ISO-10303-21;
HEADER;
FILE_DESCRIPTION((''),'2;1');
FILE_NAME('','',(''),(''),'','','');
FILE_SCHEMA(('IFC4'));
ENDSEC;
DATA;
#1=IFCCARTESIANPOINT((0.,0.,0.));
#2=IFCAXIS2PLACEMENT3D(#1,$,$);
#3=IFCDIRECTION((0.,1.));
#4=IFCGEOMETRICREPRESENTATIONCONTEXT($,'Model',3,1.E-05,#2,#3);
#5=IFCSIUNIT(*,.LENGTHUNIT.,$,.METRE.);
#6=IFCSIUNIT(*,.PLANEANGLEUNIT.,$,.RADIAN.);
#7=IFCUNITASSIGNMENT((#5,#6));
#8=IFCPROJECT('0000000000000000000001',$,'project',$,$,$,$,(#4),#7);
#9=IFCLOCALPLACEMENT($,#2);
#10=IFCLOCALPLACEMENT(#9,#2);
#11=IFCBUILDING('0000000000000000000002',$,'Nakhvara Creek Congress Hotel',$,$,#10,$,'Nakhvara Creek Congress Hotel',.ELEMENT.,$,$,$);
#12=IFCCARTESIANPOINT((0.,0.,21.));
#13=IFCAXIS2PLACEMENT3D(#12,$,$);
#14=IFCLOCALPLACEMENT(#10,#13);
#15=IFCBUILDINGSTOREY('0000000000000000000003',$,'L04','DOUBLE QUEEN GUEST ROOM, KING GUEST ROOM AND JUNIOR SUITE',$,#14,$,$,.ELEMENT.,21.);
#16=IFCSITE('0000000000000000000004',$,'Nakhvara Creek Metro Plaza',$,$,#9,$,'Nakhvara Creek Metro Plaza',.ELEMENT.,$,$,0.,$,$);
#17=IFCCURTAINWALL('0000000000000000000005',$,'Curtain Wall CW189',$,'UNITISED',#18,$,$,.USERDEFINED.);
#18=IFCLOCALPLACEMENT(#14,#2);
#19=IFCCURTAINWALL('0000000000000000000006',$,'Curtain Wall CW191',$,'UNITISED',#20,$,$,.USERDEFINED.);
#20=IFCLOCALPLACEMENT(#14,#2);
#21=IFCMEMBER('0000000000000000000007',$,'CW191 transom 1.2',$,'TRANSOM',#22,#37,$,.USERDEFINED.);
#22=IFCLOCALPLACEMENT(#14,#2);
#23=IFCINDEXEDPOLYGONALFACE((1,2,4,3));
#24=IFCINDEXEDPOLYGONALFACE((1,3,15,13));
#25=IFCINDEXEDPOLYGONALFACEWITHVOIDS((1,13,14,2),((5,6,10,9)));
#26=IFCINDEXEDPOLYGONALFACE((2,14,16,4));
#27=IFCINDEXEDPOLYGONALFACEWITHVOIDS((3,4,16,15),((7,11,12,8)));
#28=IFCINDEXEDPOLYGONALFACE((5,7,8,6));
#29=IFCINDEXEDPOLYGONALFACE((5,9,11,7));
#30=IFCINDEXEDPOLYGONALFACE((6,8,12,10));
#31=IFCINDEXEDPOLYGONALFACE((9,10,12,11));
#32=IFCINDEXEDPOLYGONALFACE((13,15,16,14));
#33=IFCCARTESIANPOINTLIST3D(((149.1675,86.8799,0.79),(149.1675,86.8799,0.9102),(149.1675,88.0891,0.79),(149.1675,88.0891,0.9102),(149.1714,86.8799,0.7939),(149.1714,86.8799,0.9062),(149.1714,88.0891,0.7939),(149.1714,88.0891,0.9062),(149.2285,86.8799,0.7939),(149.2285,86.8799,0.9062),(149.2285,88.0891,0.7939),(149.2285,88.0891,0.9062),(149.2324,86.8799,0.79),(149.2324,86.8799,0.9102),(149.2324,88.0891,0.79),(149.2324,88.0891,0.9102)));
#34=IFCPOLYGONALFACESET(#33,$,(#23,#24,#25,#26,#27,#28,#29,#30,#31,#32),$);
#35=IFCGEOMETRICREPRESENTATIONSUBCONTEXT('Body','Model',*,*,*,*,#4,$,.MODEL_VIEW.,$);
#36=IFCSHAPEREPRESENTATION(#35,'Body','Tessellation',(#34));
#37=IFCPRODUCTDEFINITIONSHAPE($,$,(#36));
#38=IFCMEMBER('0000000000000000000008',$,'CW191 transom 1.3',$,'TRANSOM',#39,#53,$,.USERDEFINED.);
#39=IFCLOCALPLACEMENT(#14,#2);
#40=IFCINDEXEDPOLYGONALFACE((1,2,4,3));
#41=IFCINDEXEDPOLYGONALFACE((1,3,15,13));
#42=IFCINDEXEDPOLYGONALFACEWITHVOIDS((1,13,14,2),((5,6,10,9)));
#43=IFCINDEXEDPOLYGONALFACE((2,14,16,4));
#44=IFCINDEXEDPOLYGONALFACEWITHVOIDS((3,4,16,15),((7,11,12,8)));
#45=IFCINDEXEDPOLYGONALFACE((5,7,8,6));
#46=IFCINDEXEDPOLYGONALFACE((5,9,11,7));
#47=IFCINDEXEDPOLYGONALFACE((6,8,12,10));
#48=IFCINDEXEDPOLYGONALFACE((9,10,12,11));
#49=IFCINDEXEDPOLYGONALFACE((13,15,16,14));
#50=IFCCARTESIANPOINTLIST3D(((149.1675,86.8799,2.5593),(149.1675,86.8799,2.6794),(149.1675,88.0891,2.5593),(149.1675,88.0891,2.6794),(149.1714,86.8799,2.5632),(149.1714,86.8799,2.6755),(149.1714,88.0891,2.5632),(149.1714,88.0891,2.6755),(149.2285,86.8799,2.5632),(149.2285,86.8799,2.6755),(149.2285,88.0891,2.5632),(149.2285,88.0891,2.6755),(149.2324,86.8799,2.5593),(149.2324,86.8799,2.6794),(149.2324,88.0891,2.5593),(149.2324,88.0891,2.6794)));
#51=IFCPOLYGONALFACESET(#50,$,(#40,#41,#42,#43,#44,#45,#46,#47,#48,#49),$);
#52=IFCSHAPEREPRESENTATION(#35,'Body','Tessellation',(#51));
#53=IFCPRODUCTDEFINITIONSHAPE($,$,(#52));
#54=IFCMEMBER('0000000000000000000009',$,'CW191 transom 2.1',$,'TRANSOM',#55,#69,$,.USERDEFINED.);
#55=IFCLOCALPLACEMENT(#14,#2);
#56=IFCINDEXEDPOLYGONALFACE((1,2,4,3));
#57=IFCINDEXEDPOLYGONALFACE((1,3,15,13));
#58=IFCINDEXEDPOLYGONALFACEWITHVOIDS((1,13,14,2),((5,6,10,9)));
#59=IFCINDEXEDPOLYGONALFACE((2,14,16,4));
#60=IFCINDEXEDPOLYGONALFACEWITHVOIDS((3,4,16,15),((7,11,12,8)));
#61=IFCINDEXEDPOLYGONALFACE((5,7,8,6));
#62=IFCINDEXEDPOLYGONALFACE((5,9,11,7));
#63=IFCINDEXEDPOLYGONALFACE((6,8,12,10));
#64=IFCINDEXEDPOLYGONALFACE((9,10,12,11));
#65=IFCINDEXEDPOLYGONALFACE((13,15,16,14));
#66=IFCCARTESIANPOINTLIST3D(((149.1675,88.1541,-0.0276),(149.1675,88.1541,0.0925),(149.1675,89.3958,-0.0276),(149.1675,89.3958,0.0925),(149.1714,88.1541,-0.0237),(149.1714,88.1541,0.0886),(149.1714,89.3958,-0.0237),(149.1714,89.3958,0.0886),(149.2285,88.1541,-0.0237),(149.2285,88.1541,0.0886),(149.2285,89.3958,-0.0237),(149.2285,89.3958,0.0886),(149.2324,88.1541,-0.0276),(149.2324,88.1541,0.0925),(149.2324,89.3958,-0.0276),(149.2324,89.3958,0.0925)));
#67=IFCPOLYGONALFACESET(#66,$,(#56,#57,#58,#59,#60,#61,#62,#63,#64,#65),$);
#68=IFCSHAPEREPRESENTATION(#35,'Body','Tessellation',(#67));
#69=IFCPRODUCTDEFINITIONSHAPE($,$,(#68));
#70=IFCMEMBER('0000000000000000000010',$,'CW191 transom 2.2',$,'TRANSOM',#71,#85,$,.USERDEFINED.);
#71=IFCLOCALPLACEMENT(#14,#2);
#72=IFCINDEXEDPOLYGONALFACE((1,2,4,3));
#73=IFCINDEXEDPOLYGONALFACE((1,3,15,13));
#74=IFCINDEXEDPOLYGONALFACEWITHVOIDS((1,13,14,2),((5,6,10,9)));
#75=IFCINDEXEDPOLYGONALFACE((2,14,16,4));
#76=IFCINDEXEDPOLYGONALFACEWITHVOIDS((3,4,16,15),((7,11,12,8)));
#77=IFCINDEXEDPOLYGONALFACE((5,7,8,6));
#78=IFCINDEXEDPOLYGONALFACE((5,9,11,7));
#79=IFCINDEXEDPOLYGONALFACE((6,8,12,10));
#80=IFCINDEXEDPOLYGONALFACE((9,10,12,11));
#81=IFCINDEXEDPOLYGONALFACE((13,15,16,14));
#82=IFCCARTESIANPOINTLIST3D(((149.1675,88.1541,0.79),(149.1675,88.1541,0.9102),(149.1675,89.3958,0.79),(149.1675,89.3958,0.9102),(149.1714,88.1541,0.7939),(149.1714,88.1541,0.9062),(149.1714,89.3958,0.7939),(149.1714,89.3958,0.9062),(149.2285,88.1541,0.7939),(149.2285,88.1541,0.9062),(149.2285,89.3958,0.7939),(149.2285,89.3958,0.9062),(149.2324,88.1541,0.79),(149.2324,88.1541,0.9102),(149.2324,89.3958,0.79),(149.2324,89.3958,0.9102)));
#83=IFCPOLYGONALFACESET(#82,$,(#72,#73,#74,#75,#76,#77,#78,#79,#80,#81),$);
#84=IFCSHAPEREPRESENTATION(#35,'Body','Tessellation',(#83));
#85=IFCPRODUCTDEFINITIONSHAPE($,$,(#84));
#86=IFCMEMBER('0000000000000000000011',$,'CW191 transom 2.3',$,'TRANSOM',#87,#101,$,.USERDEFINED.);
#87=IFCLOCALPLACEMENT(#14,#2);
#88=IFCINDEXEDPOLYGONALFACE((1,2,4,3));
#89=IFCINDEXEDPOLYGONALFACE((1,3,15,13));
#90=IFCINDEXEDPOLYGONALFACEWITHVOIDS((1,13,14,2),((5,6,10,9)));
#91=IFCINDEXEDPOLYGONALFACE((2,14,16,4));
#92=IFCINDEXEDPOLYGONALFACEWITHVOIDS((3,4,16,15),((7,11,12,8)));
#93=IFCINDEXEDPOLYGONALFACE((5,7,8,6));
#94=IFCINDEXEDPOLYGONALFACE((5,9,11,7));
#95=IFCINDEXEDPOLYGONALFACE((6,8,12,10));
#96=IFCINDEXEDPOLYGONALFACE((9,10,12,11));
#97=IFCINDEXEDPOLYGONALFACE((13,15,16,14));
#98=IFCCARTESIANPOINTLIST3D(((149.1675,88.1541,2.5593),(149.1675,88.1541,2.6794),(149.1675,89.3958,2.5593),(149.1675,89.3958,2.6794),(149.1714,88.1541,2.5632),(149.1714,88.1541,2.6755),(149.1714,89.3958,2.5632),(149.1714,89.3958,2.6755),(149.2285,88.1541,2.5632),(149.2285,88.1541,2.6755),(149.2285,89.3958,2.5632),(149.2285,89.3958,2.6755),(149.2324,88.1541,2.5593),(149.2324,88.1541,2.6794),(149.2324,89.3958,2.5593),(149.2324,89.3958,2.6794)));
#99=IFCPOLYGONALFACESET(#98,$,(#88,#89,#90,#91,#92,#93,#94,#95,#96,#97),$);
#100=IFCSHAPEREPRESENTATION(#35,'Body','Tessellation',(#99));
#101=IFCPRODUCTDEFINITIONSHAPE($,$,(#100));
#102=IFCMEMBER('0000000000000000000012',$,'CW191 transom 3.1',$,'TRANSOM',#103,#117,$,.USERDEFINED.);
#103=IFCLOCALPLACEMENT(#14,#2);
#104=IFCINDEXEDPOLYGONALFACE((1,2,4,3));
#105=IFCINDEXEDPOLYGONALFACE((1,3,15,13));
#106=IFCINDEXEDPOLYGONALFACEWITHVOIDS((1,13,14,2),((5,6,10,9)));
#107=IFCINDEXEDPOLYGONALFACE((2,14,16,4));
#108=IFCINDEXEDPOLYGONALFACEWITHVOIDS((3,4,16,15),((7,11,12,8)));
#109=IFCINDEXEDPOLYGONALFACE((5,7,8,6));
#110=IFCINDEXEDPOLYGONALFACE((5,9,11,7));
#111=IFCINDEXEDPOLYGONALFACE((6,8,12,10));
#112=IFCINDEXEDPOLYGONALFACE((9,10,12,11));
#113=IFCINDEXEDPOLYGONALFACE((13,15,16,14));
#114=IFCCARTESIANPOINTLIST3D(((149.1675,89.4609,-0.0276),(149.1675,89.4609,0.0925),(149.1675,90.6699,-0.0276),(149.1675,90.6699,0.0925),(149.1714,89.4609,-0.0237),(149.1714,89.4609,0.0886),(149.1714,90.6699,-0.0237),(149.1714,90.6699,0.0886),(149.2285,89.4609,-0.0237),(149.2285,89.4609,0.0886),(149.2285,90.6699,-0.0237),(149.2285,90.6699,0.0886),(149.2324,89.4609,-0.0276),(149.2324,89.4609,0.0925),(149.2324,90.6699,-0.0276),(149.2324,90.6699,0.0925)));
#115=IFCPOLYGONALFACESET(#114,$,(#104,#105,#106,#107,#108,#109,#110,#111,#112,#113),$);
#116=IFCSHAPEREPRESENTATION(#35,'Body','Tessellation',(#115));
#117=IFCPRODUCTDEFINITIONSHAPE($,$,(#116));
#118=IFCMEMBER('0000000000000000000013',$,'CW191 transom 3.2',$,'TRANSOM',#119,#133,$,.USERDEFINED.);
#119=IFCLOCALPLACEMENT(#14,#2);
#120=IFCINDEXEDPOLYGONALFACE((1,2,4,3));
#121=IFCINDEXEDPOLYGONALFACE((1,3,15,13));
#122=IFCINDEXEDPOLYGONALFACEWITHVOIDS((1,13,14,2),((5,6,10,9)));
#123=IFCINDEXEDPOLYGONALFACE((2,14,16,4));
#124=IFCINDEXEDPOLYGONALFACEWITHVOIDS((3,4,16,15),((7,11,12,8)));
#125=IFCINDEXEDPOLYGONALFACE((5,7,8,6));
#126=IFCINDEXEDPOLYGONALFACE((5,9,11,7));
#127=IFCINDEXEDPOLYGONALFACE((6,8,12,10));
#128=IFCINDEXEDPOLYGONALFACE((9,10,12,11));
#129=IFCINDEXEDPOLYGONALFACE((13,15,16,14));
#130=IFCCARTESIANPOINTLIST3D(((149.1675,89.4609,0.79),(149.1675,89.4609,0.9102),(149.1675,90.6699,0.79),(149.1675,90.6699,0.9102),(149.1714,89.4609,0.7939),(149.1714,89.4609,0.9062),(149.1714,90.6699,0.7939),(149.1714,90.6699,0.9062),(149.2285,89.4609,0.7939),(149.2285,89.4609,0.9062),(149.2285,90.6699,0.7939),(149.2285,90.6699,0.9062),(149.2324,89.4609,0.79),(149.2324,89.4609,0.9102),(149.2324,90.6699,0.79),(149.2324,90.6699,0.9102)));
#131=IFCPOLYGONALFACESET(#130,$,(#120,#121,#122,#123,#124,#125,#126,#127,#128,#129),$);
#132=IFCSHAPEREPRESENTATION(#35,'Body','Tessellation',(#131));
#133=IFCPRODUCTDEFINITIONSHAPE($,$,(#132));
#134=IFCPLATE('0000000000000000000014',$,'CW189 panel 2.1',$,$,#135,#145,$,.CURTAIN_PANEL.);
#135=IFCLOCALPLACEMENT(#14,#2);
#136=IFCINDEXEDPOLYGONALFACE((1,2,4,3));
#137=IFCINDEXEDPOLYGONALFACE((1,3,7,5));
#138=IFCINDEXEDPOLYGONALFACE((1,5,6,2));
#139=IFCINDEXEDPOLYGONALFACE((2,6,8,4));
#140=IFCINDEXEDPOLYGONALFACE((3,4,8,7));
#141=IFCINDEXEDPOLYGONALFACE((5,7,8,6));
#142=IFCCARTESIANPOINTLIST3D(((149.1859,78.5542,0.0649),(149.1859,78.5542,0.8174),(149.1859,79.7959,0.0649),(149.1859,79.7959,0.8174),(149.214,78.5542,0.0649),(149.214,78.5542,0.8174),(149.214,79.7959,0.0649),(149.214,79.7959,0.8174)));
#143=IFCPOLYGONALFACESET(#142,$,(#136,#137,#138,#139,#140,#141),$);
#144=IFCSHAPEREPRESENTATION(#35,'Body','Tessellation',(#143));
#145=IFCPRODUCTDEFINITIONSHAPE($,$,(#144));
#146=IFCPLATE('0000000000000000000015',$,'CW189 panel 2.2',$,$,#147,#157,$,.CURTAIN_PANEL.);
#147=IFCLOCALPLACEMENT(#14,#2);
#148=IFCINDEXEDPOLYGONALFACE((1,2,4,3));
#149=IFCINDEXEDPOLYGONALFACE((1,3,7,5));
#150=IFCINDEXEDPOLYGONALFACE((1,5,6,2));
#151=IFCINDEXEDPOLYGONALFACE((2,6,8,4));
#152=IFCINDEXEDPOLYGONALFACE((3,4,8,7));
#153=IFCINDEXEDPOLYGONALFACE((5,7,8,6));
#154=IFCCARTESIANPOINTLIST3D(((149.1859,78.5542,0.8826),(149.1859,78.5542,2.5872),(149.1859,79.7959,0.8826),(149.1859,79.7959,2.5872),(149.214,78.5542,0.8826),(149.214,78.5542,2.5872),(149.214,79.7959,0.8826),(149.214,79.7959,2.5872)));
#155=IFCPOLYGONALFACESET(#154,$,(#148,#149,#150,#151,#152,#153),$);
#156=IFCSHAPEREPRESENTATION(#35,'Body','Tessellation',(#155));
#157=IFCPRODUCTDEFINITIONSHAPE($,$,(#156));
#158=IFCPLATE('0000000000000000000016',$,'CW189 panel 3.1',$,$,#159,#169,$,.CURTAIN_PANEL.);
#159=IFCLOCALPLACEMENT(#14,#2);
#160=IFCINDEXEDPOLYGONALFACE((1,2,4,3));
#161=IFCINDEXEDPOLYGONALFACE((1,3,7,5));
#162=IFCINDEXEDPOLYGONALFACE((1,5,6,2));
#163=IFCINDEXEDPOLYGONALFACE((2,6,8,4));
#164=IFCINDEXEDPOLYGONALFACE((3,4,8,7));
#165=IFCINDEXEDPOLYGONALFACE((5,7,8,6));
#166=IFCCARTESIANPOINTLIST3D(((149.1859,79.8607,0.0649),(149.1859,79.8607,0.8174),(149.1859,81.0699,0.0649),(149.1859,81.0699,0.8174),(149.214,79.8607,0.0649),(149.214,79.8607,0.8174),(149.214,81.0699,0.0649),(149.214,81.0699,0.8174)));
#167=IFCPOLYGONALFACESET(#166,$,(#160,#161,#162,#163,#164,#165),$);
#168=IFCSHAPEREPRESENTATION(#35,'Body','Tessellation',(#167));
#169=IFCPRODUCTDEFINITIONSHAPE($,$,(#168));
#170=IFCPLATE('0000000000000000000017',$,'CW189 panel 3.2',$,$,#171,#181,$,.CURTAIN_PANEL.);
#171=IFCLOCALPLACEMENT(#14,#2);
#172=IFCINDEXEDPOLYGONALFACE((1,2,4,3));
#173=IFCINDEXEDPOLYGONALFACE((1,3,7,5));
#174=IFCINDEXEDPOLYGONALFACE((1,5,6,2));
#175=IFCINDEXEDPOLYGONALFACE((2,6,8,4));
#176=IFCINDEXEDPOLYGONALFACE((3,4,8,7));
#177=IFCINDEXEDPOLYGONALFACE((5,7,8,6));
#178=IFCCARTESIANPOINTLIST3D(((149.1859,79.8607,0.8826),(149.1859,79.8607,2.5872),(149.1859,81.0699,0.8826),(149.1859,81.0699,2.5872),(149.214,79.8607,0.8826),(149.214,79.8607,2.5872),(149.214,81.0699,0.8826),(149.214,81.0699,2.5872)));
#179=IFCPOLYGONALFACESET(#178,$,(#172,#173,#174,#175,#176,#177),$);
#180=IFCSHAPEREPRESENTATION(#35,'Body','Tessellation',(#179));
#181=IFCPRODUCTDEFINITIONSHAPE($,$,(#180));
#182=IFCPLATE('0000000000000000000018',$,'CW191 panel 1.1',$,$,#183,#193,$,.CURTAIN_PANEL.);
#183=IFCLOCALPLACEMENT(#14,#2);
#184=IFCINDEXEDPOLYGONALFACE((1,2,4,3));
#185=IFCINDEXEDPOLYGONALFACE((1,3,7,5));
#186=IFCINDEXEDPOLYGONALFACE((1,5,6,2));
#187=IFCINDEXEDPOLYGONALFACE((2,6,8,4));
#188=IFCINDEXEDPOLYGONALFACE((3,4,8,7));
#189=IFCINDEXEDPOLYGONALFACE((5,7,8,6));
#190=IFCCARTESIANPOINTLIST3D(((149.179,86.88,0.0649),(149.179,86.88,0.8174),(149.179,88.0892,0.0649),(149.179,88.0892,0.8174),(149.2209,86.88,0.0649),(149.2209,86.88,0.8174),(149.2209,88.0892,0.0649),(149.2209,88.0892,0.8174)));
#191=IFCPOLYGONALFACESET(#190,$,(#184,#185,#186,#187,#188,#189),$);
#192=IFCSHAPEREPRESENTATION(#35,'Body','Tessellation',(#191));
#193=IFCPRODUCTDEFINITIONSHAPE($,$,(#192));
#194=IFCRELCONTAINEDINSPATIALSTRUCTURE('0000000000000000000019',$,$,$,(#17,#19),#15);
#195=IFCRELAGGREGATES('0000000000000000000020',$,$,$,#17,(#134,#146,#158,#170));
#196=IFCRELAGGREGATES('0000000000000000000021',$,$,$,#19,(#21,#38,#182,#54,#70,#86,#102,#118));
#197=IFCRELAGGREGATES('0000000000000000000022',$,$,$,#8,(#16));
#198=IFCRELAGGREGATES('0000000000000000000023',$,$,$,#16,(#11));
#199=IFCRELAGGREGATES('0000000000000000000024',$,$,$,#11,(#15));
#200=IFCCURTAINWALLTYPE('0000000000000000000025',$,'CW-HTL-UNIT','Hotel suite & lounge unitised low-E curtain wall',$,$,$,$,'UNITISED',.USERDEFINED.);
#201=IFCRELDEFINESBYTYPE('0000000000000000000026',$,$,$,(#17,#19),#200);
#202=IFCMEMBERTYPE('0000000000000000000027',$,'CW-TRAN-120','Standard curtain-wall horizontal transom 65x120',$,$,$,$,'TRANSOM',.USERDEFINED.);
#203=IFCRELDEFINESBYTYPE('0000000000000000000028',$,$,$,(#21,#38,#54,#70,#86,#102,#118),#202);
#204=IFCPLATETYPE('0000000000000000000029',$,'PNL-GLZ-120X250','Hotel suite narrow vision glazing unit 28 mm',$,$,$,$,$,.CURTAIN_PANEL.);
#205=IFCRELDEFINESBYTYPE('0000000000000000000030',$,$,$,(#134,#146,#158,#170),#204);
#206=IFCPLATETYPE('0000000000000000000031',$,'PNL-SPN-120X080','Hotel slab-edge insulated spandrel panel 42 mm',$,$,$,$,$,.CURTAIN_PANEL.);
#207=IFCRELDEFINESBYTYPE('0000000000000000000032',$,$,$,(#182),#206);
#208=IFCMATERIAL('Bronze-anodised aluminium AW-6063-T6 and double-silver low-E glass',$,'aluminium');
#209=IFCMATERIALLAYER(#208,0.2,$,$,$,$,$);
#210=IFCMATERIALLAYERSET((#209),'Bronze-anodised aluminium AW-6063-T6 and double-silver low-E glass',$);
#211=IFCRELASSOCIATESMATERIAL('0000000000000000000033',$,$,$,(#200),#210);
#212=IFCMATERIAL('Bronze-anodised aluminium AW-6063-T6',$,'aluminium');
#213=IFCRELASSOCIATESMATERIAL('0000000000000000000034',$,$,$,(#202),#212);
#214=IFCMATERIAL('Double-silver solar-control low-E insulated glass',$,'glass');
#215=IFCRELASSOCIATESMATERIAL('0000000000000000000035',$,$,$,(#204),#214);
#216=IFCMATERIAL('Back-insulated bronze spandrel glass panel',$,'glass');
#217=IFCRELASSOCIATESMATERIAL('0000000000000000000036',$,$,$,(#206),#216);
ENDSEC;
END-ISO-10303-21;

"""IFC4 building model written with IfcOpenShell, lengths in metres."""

from ifc_helpers import new_model, si_unit, direction, frame, origin, origin_2d, place, context, subcontext, project, spatial, rectangle, hollow_rectangle, extrude, material, layer, layer_set, material_profile, profile_set, type_object, element, aggregate, save


model = new_model("IFC4")

# Units and contexts
model_context = context("Model", 3, precision=1e-05, world=origin(), true_north=direction((0.0, 1.0)))
body_context = subcontext(model_context, "Body", "Model", "MODEL_VIEW")
ifc_project = project(units=[si_unit("LENGTHUNIT", "METRE"), si_unit("PLANEANGLEUNIT", "RADIAN")], contexts=[model_context])

# Site, building, storey
site_placement = place(None, origin())
site = spatial("IfcSite", under=ifc_project, at=site_placement, Name="Nakhvara Creek Metro Plaza", LongName="Nakhvara Creek Metro Plaza", CompositionType="ELEMENT", RefElevation=0.0)
building_placement = place(site_placement, origin())
building = spatial("IfcBuilding", under=site, at=building_placement, Name="Nakhvara Creek Congress Hotel", LongName="Nakhvara Creek Congress Hotel", CompositionType="ELEMENT")
storey_placement = place(building_placement, frame((0.0, 0.0, 21.0)))
storey = spatial("IfcBuildingStorey", under=building, at=storey_placement, Name="L04", Description="DOUBLE QUEEN GUEST ROOM, KING GUEST ROOM AND JUNIOR SUITE", CompositionType="ELEMENT", Elevation=21.0)

# Curtain walls
ifc_material_1 = material(Name="Bronze-anodised aluminium AW-6063-T6 and double-silver low-E glass", Category="aluminium")
ifc_layer = layer(ifc_material_1, 0.2)
ifc_layer_set = layer_set([ifc_layer], Name="Bronze-anodised aluminium AW-6063-T6 and double-silver low-E glass")
curtain_wall_type = type_object("IfcCurtainWallType", Name="CW-HTL-UNIT", Description="Hotel suite & lounge unitised low-E curtain wall", ElementType="UNITISED", PredefinedType="USERDEFINED", material=ifc_layer_set)
curtain_wall_1_placement = place(storey_placement, origin())
curtain_wall_1 = element("IfcCurtainWall", 1, at=curtain_wall_1_placement, inside=storey, type_object=curtain_wall_type, Name="Curtain Wall CW189", ObjectType="UNITISED", PredefinedType="USERDEFINED")
ifc_material_2 = material(Name="Bronze-anodised aluminium AW-6063-T6", Category="aluminium")
curtain_wall_2_placement = place(storey_placement, origin())
curtain_wall_2 = element("IfcCurtainWall", 2, at=curtain_wall_2_placement, inside=storey, type_object=curtain_wall_type, Name="Curtain Wall CW191", ObjectType="UNITISED", PredefinedType="USERDEFINED")

# Members
ifc_material_profile_1 = material_profile(ifc_material_2, hollow_rectangle(XDim=0.0649, YDim=0.1201, WallThickness=0.0039, at=origin_2d()), Name="ALU-TRAN 65x120x4", Category="LoadBearing")
ifc_profile_set_1 = profile_set([ifc_material_profile_1], Name="Bronze-anodised aluminium AW-6063-T6")
member_type_1 = type_object("IfcMemberType", Name="CW-TRAN-120", Description="Standard curtain-wall horizontal transom 65x120", ElementType="TRANSOM", PredefinedType="USERDEFINED", material=ifc_profile_set_1)
member_1_placement = place(storey_placement, frame((149.2, 86.8799, 0.8501), z_axis=(0.0, 1.0, 0.0), x_axis=(-1.0, 0.0, 0.0)))
member_1 = element("IfcMember", 3, at=member_1_placement, type_object=member_type_1, Name="CW191 transom 1.2", ObjectType="TRANSOM", PredefinedType="USERDEFINED", context=body_context, shape_type="SweptSolid", body=[
    extrude(hollow_rectangle(XDim=0.0649, YDim=0.1201, WallThickness=0.0039, at=origin_2d()), origin(), (0.0, 0.0, 1.0), 1.2092),
])
member_2_placement = place(storey_placement, frame((149.2, 86.8799, 2.6194), z_axis=(0.0, 1.0, 0.0), x_axis=(-1.0, 0.0, 0.0)))
member_2 = element("IfcMember", 4, at=member_2_placement, type_object=member_type_1, Name="CW191 transom 1.3", ObjectType="TRANSOM", PredefinedType="USERDEFINED", context=body_context, shape_type="SweptSolid", body=[
    extrude(hollow_rectangle(XDim=0.0649, YDim=0.1201, WallThickness=0.0039, at=origin_2d()), origin(), (0.0, 0.0, 1.0), 1.2092),
])
member_3_placement = place(storey_placement, frame((149.2, 88.1541, 0.0325), z_axis=(0.0, 1.0, 0.0), x_axis=(-1.0, 0.0, 0.0)))
member_3 = element("IfcMember", 5, at=member_3_placement, type_object=member_type_1, Name="CW191 transom 2.1", ObjectType="TRANSOM", PredefinedType="USERDEFINED", context=body_context, shape_type="SweptSolid", body=[
    extrude(hollow_rectangle(XDim=0.0649, YDim=0.1201, WallThickness=0.0039, at=origin_2d()), origin(), (0.0, 0.0, 1.0), 1.2417),
])
member_4_placement = place(storey_placement, frame((149.2, 88.1541, 0.8501), z_axis=(0.0, 1.0, 0.0), x_axis=(-1.0, 0.0, 0.0)))
member_4 = element("IfcMember", 6, at=member_4_placement, type_object=member_type_1, Name="CW191 transom 2.2", ObjectType="TRANSOM", PredefinedType="USERDEFINED", context=body_context, shape_type="SweptSolid", body=[
    extrude(hollow_rectangle(XDim=0.0649, YDim=0.1201, WallThickness=0.0039, at=origin_2d()), origin(), (0.0, 0.0, 1.0), 1.2417),
])
member_5_placement = place(storey_placement, frame((149.2, 88.1541, 2.6194), z_axis=(0.0, 1.0, 0.0), x_axis=(-1.0, 0.0, 0.0)))
member_5 = element("IfcMember", 7, at=member_5_placement, type_object=member_type_1, Name="CW191 transom 2.3", ObjectType="TRANSOM", PredefinedType="USERDEFINED", context=body_context, shape_type="SweptSolid", body=[
    extrude(hollow_rectangle(XDim=0.0649, YDim=0.1201, WallThickness=0.0039, at=origin_2d()), origin(), (0.0, 0.0, 1.0), 1.2417),
])
member_6_placement = place(storey_placement, frame((149.2, 89.4609, 0.0325), z_axis=(0.0, 1.0, 0.0), x_axis=(-1.0, 0.0, 0.0)))
member_6 = element("IfcMember", 8, at=member_6_placement, type_object=member_type_1, Name="CW191 transom 3.1", ObjectType="TRANSOM", PredefinedType="USERDEFINED", context=body_context, shape_type="SweptSolid", body=[
    extrude(hollow_rectangle(XDim=0.0649, YDim=0.1201, WallThickness=0.0039, at=origin_2d()), origin(), (0.0, 0.0, 1.0), 1.209),
])
member_7_placement = place(storey_placement, frame((149.2, 89.4609, 0.8501), z_axis=(0.0, 1.0, 0.0), x_axis=(-1.0, 0.0, 0.0)))
member_7 = element("IfcMember", 9, at=member_7_placement, type_object=member_type_1, Name="CW191 transom 3.2", ObjectType="TRANSOM", PredefinedType="USERDEFINED", context=body_context, shape_type="SweptSolid", body=[
    extrude(hollow_rectangle(XDim=0.0649, YDim=0.1201, WallThickness=0.0039, at=origin_2d()), origin(), (0.0, 0.0, 1.0), 1.209),
])

# Plates
ifc_material_3 = material(Name="Double-silver solar-control low-E insulated glass", Category="glass")
plate_type_1 = type_object("IfcPlateType", Name="PNL-GLZ-120X250", Description="Hotel suite narrow vision glazing unit 28 mm", PredefinedType="CURTAIN_PANEL", material=ifc_material_3)
plate_1_placement = place(storey_placement, frame((149.2, 79.175, 0.0649), z_axis=(0.0, 0.0, 1.0), x_axis=(0.0, 1.0, 0.0)))
plate_1 = element("IfcPlate", 10, at=plate_1_placement, type_object=plate_type_1, Name="CW189 panel 2.1", PredefinedType="CURTAIN_PANEL", context=body_context, shape_type="SweptSolid", body=[
    extrude(rectangle(XDim=1.2417, YDim=0.0281, at=origin_2d()), origin(), (0.0, 0.0, 1.0), 0.7524),
])
plate_2_placement = place(storey_placement, frame((149.2, 79.175, 0.8826), z_axis=(0.0, 0.0, 1.0), x_axis=(0.0, 1.0, 0.0)))
plate_2 = element("IfcPlate", 11, at=plate_2_placement, type_object=plate_type_1, Name="CW189 panel 2.2", PredefinedType="CURTAIN_PANEL", context=body_context, shape_type="SweptSolid", body=[
    extrude(rectangle(XDim=1.2417, YDim=0.0281, at=origin_2d()), origin(), (0.0, 0.0, 1.0), 1.7046),
])
plate_3_placement = place(storey_placement, frame((149.2, 80.4653, 0.0649), z_axis=(0.0, 0.0, 1.0), x_axis=(0.0, 1.0, 0.0)))
plate_3 = element("IfcPlate", 12, at=plate_3_placement, type_object=plate_type_1, Name="CW189 panel 3.1", PredefinedType="CURTAIN_PANEL", context=body_context, shape_type="SweptSolid", body=[
    extrude(rectangle(XDim=1.2092, YDim=0.0281, at=origin_2d()), origin(), (0.0, 0.0, 1.0), 0.7524),
])
plate_4_placement = place(storey_placement, frame((149.2, 80.4653, 0.8826), z_axis=(0.0, 0.0, 1.0), x_axis=(0.0, 1.0, 0.0)))
plate_4 = element("IfcPlate", 13, at=plate_4_placement, type_object=plate_type_1, Name="CW189 panel 3.2", PredefinedType="CURTAIN_PANEL", context=body_context, shape_type="SweptSolid", body=[
    extrude(rectangle(XDim=1.2092, YDim=0.0281, at=origin_2d()), origin(), (0.0, 0.0, 1.0), 1.7046),
])
aggregate(curtain_wall_1, [plate_1, plate_2, plate_3, plate_4])
ifc_material_4 = material(Name="Back-insulated bronze spandrel glass panel", Category="glass")
plate_type_2 = type_object("IfcPlateType", Name="PNL-SPN-120X080", Description="Hotel slab-edge insulated spandrel panel 42 mm", PredefinedType="CURTAIN_PANEL", material=ifc_material_4)
plate_5_placement = place(storey_placement, frame((149.2, 87.4846, 0.0649), z_axis=(0.0, 0.0, 1.0), x_axis=(0.0, 1.0, 0.0)))
plate_5 = element("IfcPlate", 14, at=plate_5_placement, type_object=plate_type_2, Name="CW191 panel 1.1", PredefinedType="CURTAIN_PANEL", context=body_context, shape_type="SweptSolid", body=[
    extrude(rectangle(XDim=1.2092, YDim=0.042, at=origin_2d()), origin(), (0.0, 0.0, 1.0), 0.7524),
])
aggregate(curtain_wall_2, [member_1, member_2, plate_5, member_3, member_4, member_5, member_6, member_7])

save(model, "model.ifc")
